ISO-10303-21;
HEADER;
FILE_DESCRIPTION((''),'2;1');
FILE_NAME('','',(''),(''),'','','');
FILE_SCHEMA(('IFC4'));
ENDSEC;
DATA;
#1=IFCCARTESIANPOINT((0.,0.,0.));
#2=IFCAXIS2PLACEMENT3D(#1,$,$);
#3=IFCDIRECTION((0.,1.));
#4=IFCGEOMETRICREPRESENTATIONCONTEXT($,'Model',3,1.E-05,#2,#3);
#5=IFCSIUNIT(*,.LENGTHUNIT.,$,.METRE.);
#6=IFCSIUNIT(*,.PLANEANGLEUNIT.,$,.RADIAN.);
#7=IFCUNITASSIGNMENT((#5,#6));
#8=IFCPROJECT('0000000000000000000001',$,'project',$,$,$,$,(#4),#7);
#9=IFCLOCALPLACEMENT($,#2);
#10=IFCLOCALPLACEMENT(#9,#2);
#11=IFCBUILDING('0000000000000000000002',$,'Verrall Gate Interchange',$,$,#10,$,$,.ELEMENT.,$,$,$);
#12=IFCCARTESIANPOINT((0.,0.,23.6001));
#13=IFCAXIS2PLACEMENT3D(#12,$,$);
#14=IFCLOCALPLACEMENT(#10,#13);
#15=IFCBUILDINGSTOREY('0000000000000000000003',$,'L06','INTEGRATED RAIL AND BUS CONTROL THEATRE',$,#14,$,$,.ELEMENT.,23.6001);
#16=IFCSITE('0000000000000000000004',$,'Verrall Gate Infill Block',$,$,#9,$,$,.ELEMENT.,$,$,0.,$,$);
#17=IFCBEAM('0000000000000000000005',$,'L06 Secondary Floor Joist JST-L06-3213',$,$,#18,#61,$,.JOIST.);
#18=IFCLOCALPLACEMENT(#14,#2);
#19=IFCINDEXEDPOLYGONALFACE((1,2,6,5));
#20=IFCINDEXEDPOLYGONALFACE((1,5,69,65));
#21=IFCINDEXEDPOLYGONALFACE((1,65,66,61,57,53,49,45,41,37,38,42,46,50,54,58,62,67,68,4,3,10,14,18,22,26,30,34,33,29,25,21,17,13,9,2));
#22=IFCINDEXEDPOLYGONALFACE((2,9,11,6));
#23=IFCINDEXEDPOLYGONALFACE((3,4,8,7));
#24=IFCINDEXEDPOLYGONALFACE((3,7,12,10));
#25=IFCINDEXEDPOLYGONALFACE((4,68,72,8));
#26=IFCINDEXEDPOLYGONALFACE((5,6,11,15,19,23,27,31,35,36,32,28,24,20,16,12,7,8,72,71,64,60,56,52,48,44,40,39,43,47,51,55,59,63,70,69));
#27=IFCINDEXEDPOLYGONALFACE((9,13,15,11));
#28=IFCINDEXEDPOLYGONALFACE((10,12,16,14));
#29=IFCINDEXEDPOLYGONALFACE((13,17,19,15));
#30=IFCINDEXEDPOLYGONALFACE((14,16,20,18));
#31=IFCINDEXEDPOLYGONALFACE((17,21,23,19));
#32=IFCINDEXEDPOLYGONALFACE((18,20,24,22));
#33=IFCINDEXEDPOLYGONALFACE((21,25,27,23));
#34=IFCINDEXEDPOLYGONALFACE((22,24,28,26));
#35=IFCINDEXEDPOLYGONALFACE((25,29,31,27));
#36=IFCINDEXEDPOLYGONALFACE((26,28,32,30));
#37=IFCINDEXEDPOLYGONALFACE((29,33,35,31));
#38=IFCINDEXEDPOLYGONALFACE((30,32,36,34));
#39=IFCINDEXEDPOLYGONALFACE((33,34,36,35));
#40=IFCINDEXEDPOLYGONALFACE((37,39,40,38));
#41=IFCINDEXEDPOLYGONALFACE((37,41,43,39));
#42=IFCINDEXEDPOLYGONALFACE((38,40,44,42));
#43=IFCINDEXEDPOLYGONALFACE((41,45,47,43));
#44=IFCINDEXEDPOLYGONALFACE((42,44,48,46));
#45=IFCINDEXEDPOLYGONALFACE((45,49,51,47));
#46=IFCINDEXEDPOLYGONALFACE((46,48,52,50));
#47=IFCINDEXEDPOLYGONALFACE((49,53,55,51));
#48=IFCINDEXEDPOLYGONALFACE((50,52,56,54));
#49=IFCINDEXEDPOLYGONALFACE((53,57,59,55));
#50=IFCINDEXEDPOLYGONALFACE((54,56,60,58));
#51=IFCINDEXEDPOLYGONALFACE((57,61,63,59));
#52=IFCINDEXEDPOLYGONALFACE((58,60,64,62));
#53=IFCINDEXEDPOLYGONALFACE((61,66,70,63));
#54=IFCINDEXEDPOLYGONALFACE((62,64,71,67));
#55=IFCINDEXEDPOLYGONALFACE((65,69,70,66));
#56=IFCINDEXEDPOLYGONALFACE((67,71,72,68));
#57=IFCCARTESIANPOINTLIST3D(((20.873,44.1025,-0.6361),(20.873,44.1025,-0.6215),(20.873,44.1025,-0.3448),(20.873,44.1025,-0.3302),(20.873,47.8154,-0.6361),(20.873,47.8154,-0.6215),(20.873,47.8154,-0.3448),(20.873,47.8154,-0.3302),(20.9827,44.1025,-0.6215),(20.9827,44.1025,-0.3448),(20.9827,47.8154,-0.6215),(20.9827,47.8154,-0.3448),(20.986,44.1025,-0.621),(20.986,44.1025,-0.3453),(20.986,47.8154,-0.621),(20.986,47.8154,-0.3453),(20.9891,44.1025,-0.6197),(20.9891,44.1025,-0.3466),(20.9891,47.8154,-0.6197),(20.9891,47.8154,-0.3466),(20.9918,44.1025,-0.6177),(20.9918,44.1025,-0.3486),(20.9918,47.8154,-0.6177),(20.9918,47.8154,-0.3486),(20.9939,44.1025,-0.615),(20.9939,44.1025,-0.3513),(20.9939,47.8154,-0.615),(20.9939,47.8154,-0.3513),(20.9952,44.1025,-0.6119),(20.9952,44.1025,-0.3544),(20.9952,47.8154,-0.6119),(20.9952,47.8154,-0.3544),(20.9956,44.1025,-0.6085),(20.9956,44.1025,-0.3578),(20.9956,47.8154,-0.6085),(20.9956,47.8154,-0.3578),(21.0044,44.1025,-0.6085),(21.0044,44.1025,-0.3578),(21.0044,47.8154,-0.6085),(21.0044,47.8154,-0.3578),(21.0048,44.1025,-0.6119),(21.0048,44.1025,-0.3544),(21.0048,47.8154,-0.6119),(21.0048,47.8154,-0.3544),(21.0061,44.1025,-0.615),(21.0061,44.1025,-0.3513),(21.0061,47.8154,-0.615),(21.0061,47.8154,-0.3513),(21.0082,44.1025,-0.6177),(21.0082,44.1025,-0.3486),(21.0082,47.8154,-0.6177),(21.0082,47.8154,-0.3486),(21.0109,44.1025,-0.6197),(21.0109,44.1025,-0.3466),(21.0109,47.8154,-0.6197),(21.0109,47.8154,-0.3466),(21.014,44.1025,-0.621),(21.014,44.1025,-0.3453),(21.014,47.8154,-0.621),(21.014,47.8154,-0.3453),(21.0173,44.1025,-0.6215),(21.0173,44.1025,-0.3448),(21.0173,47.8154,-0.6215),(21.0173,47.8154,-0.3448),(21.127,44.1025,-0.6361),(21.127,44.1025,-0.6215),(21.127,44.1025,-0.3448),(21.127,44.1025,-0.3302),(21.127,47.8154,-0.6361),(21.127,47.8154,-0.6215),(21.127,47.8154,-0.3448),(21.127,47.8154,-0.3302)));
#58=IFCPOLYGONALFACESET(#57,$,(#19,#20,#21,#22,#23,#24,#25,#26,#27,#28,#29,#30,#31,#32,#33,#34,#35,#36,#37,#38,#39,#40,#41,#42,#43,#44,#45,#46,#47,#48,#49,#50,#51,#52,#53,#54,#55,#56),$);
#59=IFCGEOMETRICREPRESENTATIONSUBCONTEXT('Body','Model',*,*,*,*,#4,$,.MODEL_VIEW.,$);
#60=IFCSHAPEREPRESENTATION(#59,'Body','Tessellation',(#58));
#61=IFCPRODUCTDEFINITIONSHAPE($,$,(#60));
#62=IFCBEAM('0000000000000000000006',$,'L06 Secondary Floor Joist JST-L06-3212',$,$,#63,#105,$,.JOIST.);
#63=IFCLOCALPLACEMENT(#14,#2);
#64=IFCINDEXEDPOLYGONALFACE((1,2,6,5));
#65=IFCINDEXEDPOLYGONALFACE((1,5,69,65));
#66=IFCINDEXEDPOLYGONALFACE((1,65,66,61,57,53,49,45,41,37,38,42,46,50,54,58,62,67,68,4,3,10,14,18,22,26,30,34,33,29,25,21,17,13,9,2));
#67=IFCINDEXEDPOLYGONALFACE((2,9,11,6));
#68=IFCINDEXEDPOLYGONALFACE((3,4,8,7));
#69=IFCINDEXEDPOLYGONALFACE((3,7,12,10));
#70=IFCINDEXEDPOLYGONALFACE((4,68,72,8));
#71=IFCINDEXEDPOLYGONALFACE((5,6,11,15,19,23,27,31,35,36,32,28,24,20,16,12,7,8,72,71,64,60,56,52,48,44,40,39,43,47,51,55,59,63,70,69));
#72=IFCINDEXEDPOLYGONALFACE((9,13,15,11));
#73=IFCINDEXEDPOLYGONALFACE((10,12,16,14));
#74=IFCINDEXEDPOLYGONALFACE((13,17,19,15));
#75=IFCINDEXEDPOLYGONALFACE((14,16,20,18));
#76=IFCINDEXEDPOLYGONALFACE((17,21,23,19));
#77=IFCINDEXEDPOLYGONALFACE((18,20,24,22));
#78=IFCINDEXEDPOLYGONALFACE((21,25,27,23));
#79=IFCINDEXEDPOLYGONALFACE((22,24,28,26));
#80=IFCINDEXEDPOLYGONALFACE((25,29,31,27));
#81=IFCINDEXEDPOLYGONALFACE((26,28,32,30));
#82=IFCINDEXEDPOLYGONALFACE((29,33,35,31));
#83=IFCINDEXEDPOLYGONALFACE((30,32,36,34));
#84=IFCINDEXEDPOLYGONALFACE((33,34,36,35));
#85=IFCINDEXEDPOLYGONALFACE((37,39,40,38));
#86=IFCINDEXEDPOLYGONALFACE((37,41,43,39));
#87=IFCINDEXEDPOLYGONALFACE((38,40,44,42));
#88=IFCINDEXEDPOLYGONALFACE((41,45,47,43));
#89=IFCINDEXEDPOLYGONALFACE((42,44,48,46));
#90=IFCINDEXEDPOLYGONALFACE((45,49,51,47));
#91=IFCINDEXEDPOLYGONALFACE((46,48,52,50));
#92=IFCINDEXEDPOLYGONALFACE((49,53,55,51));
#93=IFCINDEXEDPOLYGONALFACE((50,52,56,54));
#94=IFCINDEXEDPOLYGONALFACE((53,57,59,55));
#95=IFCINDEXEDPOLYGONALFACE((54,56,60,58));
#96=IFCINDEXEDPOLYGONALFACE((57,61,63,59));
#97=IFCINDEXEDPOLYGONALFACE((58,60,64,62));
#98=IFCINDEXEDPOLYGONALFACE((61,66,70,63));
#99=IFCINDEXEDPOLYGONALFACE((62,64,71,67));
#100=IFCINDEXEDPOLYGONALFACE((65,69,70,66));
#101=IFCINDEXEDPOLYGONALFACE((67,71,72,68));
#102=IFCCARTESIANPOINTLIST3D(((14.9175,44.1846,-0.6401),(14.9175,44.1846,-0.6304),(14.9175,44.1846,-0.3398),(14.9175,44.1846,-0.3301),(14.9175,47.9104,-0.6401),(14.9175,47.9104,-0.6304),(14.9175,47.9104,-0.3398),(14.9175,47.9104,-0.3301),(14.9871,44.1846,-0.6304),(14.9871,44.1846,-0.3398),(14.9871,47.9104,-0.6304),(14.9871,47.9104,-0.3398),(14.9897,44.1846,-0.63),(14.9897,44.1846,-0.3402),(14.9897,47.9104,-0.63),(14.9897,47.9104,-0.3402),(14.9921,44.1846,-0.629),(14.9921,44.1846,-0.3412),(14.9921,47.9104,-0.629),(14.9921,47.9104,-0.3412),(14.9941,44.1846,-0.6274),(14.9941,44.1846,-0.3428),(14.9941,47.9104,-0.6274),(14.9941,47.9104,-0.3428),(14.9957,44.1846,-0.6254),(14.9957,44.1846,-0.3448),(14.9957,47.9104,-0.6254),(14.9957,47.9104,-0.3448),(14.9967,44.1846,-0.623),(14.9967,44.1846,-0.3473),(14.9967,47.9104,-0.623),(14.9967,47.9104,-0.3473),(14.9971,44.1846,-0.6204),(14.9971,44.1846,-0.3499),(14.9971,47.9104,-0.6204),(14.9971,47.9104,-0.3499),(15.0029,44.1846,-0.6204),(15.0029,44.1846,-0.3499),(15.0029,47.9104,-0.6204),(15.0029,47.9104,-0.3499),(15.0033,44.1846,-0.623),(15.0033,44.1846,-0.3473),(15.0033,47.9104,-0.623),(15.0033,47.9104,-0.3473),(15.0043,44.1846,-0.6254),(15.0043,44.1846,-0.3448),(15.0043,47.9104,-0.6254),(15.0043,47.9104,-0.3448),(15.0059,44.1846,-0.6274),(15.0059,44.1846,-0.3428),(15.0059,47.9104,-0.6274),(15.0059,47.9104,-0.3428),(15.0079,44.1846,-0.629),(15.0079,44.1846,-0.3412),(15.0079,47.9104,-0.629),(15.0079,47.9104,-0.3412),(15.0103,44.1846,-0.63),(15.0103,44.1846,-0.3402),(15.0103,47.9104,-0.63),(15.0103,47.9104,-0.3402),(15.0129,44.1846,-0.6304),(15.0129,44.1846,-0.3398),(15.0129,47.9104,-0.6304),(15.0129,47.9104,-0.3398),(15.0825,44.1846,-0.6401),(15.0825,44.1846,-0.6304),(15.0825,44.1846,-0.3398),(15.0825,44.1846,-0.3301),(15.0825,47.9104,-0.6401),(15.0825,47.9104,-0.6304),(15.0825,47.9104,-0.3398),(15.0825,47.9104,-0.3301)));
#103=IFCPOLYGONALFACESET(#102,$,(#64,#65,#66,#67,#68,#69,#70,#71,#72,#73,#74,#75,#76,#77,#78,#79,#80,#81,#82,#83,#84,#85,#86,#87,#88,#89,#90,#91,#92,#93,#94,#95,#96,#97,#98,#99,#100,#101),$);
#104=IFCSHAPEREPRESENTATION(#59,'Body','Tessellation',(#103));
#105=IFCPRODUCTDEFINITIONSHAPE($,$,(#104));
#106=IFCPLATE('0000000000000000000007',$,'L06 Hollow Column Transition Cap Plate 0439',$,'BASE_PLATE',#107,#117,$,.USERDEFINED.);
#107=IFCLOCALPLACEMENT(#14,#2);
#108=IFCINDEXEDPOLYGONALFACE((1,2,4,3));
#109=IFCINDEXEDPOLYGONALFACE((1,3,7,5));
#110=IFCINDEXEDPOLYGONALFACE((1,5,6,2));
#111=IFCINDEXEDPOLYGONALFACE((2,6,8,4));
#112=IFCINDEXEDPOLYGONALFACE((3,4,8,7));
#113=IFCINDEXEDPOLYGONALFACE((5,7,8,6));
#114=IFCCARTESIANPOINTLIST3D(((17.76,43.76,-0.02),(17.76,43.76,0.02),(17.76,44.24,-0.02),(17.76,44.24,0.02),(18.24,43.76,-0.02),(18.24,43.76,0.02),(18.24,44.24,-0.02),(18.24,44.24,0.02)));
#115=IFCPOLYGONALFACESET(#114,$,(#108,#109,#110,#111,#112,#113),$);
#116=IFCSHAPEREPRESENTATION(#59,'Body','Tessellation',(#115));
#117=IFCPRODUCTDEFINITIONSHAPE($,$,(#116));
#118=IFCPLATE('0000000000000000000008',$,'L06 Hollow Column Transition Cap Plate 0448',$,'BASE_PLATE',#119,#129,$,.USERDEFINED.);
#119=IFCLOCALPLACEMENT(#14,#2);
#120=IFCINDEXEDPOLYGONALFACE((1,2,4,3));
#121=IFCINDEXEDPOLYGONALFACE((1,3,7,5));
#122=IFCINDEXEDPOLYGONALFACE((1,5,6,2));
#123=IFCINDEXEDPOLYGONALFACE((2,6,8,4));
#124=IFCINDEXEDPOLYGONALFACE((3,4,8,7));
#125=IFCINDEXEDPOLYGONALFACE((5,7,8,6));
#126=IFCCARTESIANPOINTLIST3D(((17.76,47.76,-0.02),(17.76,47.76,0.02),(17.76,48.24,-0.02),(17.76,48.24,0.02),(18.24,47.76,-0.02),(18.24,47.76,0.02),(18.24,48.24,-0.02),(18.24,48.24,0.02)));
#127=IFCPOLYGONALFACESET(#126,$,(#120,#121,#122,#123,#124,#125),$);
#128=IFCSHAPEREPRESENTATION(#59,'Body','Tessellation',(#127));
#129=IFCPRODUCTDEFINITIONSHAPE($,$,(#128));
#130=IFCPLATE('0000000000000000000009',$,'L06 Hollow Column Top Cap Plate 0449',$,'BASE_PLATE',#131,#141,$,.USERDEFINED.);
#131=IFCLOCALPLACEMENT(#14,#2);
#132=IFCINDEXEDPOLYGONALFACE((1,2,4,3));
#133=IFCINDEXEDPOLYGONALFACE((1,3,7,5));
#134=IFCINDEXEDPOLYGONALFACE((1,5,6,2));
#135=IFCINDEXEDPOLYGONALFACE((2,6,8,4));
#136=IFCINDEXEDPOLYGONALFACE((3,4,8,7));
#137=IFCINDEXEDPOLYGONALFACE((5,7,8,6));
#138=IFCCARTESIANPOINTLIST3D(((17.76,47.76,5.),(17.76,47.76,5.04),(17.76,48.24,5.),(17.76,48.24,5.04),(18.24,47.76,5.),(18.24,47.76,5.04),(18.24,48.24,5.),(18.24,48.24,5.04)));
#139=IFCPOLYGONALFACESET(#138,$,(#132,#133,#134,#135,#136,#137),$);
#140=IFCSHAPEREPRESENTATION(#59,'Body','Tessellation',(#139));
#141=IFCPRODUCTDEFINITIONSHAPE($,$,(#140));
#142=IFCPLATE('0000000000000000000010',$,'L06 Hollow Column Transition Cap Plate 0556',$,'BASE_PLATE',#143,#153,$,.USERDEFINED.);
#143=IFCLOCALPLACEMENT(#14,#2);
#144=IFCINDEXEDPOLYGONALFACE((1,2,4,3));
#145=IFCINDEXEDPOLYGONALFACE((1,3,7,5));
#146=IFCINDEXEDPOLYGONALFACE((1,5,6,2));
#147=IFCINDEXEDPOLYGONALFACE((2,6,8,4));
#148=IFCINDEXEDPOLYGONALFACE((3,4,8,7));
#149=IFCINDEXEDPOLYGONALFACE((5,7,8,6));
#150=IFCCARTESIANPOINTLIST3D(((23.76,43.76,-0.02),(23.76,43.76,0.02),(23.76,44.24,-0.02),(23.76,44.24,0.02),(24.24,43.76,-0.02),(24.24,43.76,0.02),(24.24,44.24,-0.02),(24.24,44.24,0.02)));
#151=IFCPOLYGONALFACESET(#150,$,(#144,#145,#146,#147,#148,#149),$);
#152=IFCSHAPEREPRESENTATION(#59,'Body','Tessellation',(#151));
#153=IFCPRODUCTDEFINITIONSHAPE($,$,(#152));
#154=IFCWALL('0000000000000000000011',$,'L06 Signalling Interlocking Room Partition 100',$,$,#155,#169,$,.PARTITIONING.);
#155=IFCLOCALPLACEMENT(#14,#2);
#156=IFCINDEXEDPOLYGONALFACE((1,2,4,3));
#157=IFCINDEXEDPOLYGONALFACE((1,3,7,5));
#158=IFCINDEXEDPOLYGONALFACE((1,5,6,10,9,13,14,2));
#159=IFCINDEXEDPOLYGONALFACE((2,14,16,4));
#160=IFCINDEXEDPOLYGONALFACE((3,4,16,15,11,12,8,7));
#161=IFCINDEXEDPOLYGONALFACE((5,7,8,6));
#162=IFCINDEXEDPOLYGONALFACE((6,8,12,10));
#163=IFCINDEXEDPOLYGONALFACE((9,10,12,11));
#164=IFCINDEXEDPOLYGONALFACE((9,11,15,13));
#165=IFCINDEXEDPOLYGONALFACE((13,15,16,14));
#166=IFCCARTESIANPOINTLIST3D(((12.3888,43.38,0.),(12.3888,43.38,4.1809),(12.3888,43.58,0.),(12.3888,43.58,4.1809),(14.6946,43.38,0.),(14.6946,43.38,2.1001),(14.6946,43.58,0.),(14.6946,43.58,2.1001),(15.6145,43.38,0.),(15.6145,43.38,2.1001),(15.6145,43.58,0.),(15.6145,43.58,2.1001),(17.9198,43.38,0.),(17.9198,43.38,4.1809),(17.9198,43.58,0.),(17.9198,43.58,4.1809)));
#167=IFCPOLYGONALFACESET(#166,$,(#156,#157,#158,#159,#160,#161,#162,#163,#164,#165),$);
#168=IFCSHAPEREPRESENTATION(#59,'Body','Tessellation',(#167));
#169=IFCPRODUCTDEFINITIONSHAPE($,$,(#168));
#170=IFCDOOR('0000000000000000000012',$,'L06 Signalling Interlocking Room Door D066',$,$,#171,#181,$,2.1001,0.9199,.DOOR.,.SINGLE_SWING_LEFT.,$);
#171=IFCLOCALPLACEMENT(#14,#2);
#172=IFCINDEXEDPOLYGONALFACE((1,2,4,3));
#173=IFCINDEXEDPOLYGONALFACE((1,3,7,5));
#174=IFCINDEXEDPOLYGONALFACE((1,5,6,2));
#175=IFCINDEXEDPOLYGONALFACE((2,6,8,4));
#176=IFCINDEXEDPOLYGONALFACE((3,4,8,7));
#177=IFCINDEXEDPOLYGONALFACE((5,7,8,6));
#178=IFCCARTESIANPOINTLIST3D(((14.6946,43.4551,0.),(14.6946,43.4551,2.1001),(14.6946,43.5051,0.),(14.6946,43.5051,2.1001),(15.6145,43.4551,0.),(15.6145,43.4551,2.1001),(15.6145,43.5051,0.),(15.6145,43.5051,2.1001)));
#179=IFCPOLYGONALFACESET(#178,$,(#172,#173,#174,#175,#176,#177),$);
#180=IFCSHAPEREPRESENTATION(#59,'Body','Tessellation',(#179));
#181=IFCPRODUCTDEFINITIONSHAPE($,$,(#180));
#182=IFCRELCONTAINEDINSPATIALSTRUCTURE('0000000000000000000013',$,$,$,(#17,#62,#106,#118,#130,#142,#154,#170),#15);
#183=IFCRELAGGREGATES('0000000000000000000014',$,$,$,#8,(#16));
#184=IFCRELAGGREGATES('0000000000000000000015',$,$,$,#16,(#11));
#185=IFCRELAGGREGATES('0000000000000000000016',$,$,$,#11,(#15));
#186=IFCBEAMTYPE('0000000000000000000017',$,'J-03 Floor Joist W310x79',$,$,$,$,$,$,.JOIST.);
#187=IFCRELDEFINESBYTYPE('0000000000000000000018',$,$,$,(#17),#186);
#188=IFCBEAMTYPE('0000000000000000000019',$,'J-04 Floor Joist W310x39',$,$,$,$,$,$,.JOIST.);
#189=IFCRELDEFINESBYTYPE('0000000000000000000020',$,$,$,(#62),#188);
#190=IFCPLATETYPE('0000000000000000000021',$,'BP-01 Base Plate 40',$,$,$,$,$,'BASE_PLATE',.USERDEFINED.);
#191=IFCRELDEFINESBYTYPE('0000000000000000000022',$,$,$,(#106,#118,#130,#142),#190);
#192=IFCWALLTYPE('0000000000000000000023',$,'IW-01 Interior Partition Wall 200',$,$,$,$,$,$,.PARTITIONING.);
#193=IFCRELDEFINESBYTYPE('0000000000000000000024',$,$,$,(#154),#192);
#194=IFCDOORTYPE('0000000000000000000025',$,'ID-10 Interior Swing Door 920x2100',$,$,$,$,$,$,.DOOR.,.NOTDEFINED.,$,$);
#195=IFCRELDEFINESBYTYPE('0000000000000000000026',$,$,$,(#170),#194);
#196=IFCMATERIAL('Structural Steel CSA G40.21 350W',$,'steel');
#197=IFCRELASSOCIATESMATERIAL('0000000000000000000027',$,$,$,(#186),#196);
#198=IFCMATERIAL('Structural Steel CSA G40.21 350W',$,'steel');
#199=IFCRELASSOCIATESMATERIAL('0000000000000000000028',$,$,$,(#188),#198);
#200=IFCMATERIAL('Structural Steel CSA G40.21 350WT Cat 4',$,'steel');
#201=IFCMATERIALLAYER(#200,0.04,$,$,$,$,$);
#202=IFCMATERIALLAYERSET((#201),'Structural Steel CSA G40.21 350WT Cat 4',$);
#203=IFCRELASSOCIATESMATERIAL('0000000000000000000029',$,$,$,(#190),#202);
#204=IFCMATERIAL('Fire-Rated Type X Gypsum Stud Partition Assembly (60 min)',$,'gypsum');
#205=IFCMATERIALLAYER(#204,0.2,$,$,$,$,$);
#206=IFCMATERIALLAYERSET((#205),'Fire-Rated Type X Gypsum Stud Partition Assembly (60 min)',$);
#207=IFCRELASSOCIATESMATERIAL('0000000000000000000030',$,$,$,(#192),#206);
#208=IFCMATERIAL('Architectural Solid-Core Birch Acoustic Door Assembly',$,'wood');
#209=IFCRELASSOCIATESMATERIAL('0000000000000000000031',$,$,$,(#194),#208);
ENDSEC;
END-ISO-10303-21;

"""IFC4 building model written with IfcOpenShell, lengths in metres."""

from ifc_helpers import new_model, si_unit, direction, frame, frame_2d, origin, origin_2d, place, context, subcontext, project, spatial, rectangle, i_section, extrude, material, layer, layer_set, material_profile, profile_set, type_object, element, fill, save


model = new_model("IFC4")

# Units and contexts
model_context = context("Model", 3, precision=1e-05, world=origin(), true_north=direction((0.0, 1.0)))
body_context = subcontext(model_context, "Body", "Model", "MODEL_VIEW")
ifc_project = project(units=[si_unit("LENGTHUNIT", "METRE"), si_unit("PLANEANGLEUNIT", "RADIAN")], contexts=[model_context])

# Site, building, storey
site_placement = place(None, origin())
site = spatial("IfcSite", under=ifc_project, at=site_placement, Name="Verrall Gate Infill Block", CompositionType="ELEMENT", RefElevation=0.0)
building_placement = place(site_placement, origin())
building = spatial("IfcBuilding", under=site, at=building_placement, Name="Verrall Gate Interchange", CompositionType="ELEMENT")
storey_placement = place(building_placement, frame((0.0, 0.0, 23.6001)))
storey = spatial("IfcBuildingStorey", under=building, at=storey_placement, Name="L06", Description="INTEGRATED RAIL AND BUS CONTROL THEATRE", CompositionType="ELEMENT", Elevation=23.6001)

# Beams
ifc_material_1 = material(Name="Structural Steel CSA G40.21 350W", Category="steel")
ifc_material_profile_1 = material_profile(ifc_material_1, i_section(OverallWidth=0.2539, OverallDepth=0.3059, WebThickness=0.0088, FlangeThickness=0.0146, FilletRadius=0.0129, at=origin_2d()), Name="W310x79")
ifc_profile_set_1 = profile_set([ifc_material_profile_1], Name="Structural Steel CSA G40.21 350W")
beam_type_1 = type_object("IfcBeamType", Name="J-03 Floor Joist W310x79", PredefinedType="JOIST", material=ifc_profile_set_1)
beam_1_placement = place(storey_placement, frame((21.0, 44.1025, -0.4832), z_axis=(0.0, 1.0, 0.0), x_axis=(-1.0, 0.0, 0.0)))
element("IfcBeam", 1, at=beam_1_placement, inside=storey, type_object=beam_type_1, Name="L06 Secondary Floor Joist JST-L06-3213", PredefinedType="JOIST", context=body_context, shape_type="SweptSolid", body=[
    extrude(i_section(OverallWidth=0.2539, OverallDepth=0.3059, WebThickness=0.0088, FlangeThickness=0.0146, FilletRadius=0.0129, at=origin_2d()), origin(), (0.0, 0.0, 1.0), 3.7129),
])
ifc_material_2 = material(Name="Structural Steel CSA G40.21 350W", Category="steel")
ifc_material_profile_2 = material_profile(ifc_material_2, i_section(OverallWidth=0.165, OverallDepth=0.3101, WebThickness=0.0059, FlangeThickness=0.0098, FilletRadius=0.01, at=origin_2d()), Name="W310x39")
ifc_profile_set_2 = profile_set([ifc_material_profile_2], Name="Structural Steel CSA G40.21 350W")
beam_type_2 = type_object("IfcBeamType", Name="J-04 Floor Joist W310x39", PredefinedType="JOIST", material=ifc_profile_set_2)
beam_2_placement = place(storey_placement, frame((15.0, 44.1846, -0.4851), z_axis=(0.0, 1.0, 0.0), x_axis=(-1.0, 0.0, 0.0)))
element("IfcBeam", 2, at=beam_2_placement, inside=storey, type_object=beam_type_2, Name="L06 Secondary Floor Joist JST-L06-3212", PredefinedType="JOIST", context=body_context, shape_type="SweptSolid", body=[
    extrude(i_section(OverallWidth=0.165, OverallDepth=0.3101, WebThickness=0.0059, FlangeThickness=0.0098, FilletRadius=0.01, at=origin_2d()), origin(), (0.0, 0.0, 1.0), 3.7258),
])

# Plates
ifc_material_3 = material(Name="Structural Steel CSA G40.21 350WT Cat 4", Category="steel")
ifc_layer_1 = layer(ifc_material_3, 0.04)
ifc_layer_set_1 = layer_set([ifc_layer_1], Name="Structural Steel CSA G40.21 350WT Cat 4")
plate_type = type_object("IfcPlateType", Name="BP-01 Base Plate 40", ElementType="BASE_PLATE", PredefinedType="USERDEFINED", material=ifc_layer_set_1)
for number, where, z_axis, x_axis, name in (
    (3, (18.0, 44.0, -0.02), (0.0, 0.0, 1.0), (1.0, 0.0, 0.0), "L06 Hollow Column Transition Cap Plate 0439"),
    (4, (18.0, 48.0, -0.02), (0.0, 0.0, 1.0), (1.0, 0.0, 0.0), "L06 Hollow Column Transition Cap Plate 0448"),
    (5, (18.0, 48.0, 5.0), (0.0, 0.0, 1.0), (1.0, 0.0, 0.0), "L06 Hollow Column Top Cap Plate 0449"),
    (6, (24.0, 44.0, -0.02), (0.0, 0.0, 1.0), (1.0, 0.0, 0.0), "L06 Hollow Column Transition Cap Plate 0556"),
):
    element("IfcPlate", number, at=place(storey_placement, frame(where, z_axis=z_axis, x_axis=x_axis)), inside=storey, type_object=plate_type, Name=name, ObjectType="BASE_PLATE", PredefinedType="USERDEFINED", context=body_context, shape_type="SweptSolid", body=[
        extrude(rectangle(XDim=0.48, YDim=0.48, at=origin_2d()), origin(), (0.0, 0.0, 1.0), 0.04),
    ])

# Wall, opening, door
ifc_material_4 = material(Name="Fire-Rated Type X Gypsum Stud Partition Assembly (60 min)", Category="gypsum")
ifc_layer_2 = layer(ifc_material_4, 0.2)
ifc_layer_set_2 = layer_set([ifc_layer_2], Name="Fire-Rated Type X Gypsum Stud Partition Assembly (60 min)")
wall_type_1 = type_object("IfcWallType", Name="IW-01 Interior Partition Wall 200", PredefinedType="PARTITIONING", material=ifc_layer_set_2)
wall_1_placement = place(storey_placement, frame((17.9199, 43.48, 0.0), z_axis=(0.0, 0.0, 1.0), x_axis=(-1.0, 0.0, 0.0)))
wall_1 = element("IfcWall", 7, at=wall_1_placement, inside=storey, type_object=wall_type_1, Name="L06 Signalling Interlocking Room Partition 100", PredefinedType="PARTITIONING", context=body_context, shape_type="SweptSolid", body=[
    extrude(rectangle(XDim=5.531, YDim=0.2, at=frame_2d((2.7656, 0.0))), origin(), (0.0, 0.0, 1.0), 4.1809),
])
opening_placement = place(wall_1_placement, frame((2.3054, 0.0, 0.0)))
opening = element("IfcOpeningElement", 8, at=opening_placement, cuts=wall_1, PredefinedType="OPENING", context=body_context, shape_type="SweptSolid", body=[
    extrude(rectangle(XDim=0.9199, YDim=2.1001, at=frame_2d((0.46, 1.05))), frame((0.0, 0.1147, 0.0), z_axis=(0.0, -1.0, 0.0), x_axis=(1.0, 0.0, 0.0)), (0.0, 0.0, 1.0), 0.2297),
])
ifc_material_5 = material(Name="Architectural Solid-Core Birch Acoustic Door Assembly", Category="wood")
door_type = type_object("IfcDoorType", Name="ID-10 Interior Swing Door 920x2100", OperationType="NOTDEFINED", PredefinedType="DOOR", material=ifc_material_5)
door_placement = place(opening_placement, origin())
door = element("IfcDoor", 9, at=door_placement, inside=storey, type_object=door_type, Name="L06 Signalling Interlocking Room Door D066", OperationType="SINGLE_SWING_LEFT", OverallHeight=2.1001, OverallWidth=0.9199, PredefinedType="DOOR", context=body_context, shape_type="SweptSolid", body=[
    extrude(rectangle(XDim=0.9199, YDim=2.1001, at=frame_2d((0.46, 1.05))), frame((0.0, 0.0249, 0.0), z_axis=(0.0, -1.0, 0.0), x_axis=(1.0, 0.0, 0.0)), (0.0, 0.0, 1.0), 0.05),
])
fill(opening, door)

save(model, "model.ifc")
